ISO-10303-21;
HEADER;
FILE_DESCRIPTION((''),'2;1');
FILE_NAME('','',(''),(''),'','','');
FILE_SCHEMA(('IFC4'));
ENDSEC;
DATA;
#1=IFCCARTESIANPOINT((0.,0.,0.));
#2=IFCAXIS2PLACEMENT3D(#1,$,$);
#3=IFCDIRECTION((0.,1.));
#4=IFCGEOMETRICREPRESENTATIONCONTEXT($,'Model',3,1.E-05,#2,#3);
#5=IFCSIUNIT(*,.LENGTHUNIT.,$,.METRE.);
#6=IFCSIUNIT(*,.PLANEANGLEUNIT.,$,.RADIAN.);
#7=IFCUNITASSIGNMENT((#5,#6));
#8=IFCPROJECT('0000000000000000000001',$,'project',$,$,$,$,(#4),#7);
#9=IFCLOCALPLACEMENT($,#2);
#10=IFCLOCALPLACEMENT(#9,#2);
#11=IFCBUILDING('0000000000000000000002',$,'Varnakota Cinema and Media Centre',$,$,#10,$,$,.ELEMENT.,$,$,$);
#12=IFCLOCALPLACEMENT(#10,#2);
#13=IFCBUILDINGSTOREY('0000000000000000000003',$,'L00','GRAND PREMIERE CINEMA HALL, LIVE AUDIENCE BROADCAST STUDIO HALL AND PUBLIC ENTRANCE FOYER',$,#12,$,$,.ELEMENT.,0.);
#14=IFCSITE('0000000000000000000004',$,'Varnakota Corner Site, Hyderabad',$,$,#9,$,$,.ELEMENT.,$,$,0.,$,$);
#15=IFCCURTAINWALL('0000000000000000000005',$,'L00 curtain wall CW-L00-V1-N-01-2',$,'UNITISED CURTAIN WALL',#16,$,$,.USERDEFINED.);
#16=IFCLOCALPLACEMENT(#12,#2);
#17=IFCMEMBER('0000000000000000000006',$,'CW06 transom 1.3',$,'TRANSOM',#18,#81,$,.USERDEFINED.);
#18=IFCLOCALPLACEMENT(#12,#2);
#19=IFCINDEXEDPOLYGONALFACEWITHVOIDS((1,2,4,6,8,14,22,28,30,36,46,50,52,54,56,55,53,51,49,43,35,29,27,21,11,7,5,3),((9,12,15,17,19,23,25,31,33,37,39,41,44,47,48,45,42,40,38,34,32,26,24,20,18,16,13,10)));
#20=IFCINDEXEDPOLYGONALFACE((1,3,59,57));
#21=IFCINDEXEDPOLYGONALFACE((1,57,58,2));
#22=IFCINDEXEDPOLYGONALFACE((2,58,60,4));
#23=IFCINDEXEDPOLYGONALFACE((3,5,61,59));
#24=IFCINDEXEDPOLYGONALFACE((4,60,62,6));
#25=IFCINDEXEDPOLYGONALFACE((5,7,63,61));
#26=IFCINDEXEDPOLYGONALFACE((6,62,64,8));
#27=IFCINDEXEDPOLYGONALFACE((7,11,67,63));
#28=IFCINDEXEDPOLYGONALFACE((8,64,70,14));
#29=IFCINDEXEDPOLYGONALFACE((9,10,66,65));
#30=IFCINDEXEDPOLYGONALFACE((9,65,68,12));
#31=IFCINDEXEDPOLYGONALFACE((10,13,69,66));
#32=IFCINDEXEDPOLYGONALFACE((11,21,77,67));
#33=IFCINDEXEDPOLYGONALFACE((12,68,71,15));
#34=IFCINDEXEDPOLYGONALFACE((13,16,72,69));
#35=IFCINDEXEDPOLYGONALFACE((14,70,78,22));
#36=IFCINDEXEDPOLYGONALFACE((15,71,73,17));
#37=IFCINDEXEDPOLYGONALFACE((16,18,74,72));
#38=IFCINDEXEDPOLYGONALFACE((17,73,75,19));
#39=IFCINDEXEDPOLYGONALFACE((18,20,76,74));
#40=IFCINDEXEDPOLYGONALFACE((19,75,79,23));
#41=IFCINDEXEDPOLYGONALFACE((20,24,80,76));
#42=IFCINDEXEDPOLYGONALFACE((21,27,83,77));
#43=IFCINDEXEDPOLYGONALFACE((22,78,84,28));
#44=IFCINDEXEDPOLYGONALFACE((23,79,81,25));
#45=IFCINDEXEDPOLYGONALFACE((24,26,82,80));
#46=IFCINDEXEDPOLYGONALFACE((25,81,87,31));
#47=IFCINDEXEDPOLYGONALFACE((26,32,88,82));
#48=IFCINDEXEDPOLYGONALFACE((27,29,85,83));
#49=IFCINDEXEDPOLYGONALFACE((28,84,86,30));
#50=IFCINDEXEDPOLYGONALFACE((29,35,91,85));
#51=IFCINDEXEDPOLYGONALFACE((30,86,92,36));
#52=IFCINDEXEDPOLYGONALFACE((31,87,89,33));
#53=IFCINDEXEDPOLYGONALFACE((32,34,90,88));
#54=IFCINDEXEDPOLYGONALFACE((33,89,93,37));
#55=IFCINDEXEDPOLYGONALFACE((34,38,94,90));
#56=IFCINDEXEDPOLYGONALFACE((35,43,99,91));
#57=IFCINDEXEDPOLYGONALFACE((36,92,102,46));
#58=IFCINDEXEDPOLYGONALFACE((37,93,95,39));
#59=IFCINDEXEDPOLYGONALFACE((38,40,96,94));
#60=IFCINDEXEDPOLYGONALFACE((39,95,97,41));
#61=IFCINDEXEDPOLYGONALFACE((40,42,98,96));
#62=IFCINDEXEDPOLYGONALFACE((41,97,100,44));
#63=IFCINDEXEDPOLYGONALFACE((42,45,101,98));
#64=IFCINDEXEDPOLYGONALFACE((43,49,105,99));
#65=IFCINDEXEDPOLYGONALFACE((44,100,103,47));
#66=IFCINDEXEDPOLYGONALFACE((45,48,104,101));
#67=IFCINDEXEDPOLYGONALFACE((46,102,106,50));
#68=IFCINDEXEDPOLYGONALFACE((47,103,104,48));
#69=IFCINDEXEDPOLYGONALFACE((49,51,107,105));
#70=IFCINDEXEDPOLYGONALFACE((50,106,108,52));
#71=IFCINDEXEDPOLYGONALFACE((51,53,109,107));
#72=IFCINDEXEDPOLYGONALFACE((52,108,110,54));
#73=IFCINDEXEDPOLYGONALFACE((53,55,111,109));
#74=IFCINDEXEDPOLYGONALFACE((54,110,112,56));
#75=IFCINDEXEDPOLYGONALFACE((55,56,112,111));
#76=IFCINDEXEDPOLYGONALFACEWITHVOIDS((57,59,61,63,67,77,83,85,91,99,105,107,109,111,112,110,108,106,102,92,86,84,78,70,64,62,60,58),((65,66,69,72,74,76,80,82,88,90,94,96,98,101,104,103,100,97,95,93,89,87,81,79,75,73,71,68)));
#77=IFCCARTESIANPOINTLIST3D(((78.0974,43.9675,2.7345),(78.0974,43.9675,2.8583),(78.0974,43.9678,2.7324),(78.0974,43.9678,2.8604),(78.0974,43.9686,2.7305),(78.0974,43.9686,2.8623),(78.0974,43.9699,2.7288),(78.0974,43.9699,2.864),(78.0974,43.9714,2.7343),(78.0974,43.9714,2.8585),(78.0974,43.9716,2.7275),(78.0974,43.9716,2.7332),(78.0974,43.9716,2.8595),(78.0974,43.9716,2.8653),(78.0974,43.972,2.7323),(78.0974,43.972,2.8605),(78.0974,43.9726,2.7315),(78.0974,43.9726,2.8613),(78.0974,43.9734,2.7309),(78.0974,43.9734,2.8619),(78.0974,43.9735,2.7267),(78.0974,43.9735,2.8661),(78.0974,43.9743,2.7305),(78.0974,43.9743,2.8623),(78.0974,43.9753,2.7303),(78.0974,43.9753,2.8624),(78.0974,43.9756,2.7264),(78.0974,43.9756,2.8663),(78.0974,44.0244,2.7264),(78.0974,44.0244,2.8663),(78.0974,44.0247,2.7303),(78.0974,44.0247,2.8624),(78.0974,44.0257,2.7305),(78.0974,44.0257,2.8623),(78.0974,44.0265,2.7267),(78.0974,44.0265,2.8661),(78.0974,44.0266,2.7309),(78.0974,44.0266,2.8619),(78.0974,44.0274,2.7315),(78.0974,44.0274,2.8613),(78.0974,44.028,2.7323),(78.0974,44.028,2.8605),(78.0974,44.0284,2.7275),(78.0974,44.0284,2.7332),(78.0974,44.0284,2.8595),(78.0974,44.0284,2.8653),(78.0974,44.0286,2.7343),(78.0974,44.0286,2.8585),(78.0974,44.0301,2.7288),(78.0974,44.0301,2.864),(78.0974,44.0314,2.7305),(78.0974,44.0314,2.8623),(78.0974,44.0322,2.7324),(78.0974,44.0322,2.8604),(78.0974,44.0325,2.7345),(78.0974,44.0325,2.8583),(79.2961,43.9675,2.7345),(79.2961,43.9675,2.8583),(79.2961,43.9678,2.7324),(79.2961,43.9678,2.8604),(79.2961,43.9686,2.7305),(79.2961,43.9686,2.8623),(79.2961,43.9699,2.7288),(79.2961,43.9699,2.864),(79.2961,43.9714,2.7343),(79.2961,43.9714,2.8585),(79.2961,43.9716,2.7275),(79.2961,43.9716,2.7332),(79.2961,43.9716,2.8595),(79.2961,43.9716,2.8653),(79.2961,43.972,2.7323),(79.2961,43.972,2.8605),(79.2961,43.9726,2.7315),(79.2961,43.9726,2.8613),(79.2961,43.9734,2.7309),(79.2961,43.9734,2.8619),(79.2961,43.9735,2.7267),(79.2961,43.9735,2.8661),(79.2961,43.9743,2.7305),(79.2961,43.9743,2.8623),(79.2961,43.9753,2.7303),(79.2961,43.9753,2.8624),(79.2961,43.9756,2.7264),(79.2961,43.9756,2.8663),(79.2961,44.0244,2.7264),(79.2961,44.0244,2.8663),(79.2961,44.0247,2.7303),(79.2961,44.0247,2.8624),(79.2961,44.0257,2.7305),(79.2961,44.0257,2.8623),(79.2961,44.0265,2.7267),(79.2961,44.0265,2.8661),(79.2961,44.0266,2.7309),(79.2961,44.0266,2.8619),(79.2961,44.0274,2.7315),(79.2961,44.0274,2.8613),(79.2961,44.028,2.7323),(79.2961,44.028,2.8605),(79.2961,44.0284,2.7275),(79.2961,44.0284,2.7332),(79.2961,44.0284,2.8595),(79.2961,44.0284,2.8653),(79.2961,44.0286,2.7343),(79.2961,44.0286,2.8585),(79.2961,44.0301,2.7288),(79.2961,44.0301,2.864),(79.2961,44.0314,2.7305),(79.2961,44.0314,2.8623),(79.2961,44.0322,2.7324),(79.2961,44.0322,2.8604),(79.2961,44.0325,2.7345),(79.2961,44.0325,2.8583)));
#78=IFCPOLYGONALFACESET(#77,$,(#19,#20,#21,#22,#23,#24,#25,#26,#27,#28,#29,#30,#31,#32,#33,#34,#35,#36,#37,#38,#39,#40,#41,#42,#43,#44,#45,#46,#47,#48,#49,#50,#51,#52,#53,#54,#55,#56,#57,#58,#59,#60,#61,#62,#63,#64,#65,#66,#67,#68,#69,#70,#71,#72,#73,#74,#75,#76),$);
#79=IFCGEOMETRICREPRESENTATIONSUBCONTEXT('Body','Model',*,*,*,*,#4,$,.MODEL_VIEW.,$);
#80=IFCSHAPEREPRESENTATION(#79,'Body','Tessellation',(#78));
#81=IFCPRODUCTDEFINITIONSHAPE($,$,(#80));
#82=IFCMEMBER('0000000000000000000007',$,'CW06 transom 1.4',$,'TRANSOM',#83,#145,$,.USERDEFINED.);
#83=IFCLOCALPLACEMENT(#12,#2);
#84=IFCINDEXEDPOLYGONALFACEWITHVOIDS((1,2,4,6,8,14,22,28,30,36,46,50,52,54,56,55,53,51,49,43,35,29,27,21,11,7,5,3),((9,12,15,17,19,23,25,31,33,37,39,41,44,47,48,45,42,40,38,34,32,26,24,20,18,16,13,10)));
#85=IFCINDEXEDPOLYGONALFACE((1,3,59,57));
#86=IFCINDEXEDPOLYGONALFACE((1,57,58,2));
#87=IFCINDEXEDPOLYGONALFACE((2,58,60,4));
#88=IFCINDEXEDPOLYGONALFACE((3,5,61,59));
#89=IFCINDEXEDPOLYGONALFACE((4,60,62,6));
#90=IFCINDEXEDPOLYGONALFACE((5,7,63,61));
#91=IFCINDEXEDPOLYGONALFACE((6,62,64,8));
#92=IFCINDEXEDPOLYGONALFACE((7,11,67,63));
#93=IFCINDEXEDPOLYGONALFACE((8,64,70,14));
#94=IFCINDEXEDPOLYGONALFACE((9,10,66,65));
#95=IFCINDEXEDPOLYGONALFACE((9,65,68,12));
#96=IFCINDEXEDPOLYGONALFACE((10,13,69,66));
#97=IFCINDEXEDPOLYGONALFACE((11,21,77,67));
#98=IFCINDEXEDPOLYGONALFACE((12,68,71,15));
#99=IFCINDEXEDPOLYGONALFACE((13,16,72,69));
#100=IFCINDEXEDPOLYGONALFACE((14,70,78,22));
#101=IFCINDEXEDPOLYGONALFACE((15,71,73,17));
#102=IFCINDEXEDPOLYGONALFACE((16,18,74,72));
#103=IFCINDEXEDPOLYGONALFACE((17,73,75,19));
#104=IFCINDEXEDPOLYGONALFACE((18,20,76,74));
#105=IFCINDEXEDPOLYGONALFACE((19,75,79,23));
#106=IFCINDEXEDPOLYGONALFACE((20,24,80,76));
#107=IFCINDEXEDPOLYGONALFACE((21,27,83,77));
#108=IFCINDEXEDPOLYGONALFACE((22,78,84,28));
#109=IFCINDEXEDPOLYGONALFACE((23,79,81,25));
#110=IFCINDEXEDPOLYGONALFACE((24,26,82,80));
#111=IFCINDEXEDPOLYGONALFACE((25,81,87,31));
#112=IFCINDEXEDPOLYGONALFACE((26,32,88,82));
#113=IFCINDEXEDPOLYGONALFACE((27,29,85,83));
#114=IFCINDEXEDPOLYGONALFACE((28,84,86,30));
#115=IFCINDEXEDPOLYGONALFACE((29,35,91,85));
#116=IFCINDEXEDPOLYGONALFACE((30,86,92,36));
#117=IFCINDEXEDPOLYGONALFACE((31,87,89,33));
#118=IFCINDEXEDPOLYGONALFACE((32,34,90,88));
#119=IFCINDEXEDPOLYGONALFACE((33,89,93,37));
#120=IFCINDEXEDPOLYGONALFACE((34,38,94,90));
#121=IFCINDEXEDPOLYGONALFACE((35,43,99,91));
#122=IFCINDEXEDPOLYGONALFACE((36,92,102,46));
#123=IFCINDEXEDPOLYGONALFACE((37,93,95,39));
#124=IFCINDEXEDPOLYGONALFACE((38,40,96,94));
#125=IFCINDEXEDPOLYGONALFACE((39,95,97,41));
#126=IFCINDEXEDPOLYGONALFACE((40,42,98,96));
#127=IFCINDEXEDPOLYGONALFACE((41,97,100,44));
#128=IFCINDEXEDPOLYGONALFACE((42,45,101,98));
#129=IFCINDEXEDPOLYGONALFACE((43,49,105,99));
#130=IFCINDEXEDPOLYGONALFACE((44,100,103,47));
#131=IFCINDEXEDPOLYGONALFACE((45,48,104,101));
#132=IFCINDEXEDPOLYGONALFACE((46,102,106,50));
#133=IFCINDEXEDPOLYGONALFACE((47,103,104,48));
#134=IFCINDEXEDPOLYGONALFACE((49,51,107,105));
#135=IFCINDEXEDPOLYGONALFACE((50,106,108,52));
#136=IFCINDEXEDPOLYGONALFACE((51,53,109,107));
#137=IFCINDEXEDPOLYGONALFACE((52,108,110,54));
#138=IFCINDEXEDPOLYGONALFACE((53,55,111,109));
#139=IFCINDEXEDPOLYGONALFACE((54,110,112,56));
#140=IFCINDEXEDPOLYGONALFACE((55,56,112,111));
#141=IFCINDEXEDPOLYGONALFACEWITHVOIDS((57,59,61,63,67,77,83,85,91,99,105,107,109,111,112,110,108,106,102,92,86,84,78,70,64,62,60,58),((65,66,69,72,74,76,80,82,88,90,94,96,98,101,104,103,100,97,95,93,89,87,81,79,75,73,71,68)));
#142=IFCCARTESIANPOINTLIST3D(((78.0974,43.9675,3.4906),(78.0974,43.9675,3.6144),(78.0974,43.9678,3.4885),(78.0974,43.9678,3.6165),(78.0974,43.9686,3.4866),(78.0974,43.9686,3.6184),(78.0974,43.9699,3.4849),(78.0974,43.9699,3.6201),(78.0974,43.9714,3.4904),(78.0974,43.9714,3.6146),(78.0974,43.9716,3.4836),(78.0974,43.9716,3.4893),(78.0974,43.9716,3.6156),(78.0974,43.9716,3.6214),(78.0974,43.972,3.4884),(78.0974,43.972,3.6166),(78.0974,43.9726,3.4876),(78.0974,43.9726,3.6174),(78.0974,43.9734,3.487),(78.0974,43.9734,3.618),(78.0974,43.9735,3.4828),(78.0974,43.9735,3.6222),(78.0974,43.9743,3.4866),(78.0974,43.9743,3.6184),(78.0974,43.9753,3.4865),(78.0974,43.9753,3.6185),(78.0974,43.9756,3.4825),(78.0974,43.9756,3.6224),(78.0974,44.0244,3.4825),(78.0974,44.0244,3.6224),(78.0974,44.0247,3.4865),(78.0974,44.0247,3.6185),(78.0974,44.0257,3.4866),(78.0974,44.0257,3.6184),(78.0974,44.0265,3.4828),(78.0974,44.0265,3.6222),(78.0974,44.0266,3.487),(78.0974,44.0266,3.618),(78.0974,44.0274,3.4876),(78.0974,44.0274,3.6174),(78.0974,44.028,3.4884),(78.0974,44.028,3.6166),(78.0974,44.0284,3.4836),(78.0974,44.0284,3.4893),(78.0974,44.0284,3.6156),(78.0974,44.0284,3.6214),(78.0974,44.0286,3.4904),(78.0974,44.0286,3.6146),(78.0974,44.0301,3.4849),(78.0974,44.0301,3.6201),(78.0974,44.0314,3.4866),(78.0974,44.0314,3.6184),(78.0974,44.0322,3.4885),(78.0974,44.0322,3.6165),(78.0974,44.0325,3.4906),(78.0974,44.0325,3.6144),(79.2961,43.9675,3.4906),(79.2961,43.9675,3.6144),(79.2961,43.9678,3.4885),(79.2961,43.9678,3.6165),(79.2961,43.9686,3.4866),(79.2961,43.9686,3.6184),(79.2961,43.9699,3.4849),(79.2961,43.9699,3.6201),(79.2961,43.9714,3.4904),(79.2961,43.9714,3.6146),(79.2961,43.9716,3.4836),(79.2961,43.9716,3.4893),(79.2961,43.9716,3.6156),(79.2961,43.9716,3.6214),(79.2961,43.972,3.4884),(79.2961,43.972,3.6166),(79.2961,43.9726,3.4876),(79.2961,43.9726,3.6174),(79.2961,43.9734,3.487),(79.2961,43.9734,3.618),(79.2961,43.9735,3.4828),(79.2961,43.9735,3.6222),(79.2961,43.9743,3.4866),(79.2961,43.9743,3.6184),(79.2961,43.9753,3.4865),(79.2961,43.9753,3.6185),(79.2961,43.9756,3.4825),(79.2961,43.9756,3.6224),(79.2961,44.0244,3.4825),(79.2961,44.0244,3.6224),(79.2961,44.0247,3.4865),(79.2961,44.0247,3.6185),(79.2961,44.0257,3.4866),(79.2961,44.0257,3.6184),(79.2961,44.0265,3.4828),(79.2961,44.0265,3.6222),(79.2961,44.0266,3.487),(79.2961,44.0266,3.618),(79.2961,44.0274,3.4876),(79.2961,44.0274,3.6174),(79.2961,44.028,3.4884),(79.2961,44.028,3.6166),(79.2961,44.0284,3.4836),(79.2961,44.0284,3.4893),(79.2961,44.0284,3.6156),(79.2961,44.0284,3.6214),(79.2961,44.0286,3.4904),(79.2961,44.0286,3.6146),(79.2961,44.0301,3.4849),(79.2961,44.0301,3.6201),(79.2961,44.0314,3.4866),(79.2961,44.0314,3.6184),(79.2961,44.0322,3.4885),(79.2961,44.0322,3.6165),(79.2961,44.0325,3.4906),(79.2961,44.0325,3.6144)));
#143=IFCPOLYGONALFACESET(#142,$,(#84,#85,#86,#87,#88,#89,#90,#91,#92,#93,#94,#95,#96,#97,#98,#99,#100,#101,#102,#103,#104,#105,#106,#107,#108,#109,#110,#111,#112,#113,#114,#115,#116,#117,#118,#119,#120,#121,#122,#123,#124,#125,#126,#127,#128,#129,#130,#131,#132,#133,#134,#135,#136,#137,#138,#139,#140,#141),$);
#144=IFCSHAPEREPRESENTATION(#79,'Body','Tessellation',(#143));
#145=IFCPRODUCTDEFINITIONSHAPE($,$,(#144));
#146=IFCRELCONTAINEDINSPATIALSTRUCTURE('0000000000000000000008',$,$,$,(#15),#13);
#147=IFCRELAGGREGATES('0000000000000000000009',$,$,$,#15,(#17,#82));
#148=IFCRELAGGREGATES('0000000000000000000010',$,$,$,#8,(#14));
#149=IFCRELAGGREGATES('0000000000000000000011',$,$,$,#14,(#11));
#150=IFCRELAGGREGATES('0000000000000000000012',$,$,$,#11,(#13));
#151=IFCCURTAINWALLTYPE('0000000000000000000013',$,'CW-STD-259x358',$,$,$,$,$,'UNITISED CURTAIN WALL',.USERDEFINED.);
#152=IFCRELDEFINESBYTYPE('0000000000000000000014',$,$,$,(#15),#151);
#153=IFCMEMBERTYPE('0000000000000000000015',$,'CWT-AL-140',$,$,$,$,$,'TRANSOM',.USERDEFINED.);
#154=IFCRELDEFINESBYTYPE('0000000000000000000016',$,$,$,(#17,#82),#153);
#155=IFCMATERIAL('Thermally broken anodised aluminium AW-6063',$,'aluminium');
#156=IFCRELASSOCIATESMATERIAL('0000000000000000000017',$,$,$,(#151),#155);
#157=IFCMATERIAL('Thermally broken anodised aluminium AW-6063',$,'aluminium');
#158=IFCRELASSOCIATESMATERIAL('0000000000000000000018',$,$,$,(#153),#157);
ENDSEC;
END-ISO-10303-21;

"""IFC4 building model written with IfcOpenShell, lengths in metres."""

from ifc_helpers import new_model, si_unit, direction, frame, origin, origin_2d, place, context, subcontext, project, spatial, hollow_rectangle, extrude, material, material_profile, profile_set, type_object, element, aggregate, save


model = new_model("IFC4")

# Units and contexts
model_context = context("Model", 3, precision=1e-05, world=origin(), true_north=direction((0.0, 1.0)))
body_context = subcontext(model_context, "Body", "Model", "MODEL_VIEW")
ifc_project = project(units=[si_unit("LENGTHUNIT", "METRE"), si_unit("PLANEANGLEUNIT", "RADIAN")], contexts=[model_context])

# Site, building, storey
site_placement = place(None, origin())
site = spatial("IfcSite", under=ifc_project, at=site_placement, Name="Varnakota Corner Site, Hyderabad", CompositionType="ELEMENT", RefElevation=0.0)
building_placement = place(site_placement, origin())
building = spatial("IfcBuilding", under=site, at=building_placement, Name="Varnakota Cinema and Media Centre", CompositionType="ELEMENT")
storey_placement = place(building_placement, origin())
storey = spatial("IfcBuildingStorey", under=building, at=storey_placement, Name="L00", Description="GRAND PREMIERE CINEMA HALL, LIVE AUDIENCE BROADCAST STUDIO HALL AND PUBLIC ENTRANCE FOYER", CompositionType="ELEMENT", Elevation=0.0)

# Curtain wall
ifc_material_1 = material(Name="Thermally broken anodised aluminium AW-6063", Category="aluminium")
curtain_wall_type = type_object("IfcCurtainWallType", Name="CW-STD-259x358", ElementType="UNITISED CURTAIN WALL", PredefinedType="USERDEFINED", material=ifc_material_1)
curtain_wall_1_placement = place(storey_placement, origin())
curtain_wall_1 = element("IfcCurtainWall", 1, at=curtain_wall_1_placement, inside=storey, type_object=curtain_wall_type, Name="L00 curtain wall CW-L00-V1-N-01-2", ObjectType="UNITISED CURTAIN WALL", PredefinedType="USERDEFINED")

# Members
ifc_material_2 = material(Name="Thermally broken anodised aluminium AW-6063", Category="aluminium")
ifc_material_profile_1 = material_profile(ifc_material_2, hollow_rectangle(XDim=0.0649, YDim=0.1399, WallThickness=0.0039, InnerFilletRadius=0.0039, OuterFilletRadius=0.0081, at=origin_2d()), Name="AL-TRANSOM 140x65x4")
ifc_profile_set_1 = profile_set([ifc_material_profile_1], Name="Thermally broken anodised aluminium AW-6063")
member_type_1 = type_object("IfcMemberType", Name="CWT-AL-140", ElementType="TRANSOM", PredefinedType="USERDEFINED", material=ifc_profile_set_1)
member_1_placement = place(storey_placement, frame((78.0974, 44.0, 2.7964), z_axis=(1.0, 0.0, 0.0), x_axis=(0.0, 1.0, 0.0)))
member_1 = element("IfcMember", 2, at=member_1_placement, type_object=member_type_1, Name="CW06 transom 1.3", ObjectType="TRANSOM", PredefinedType="USERDEFINED", context=body_context, shape_type="SweptSolid", body=[
    extrude(hollow_rectangle(XDim=0.0649, YDim=0.1399, WallThickness=0.0039, InnerFilletRadius=0.0039, OuterFilletRadius=0.0081, at=origin_2d()), origin(), (0.0, 0.0, 1.0), 1.1987),
])
member_2_placement = place(storey_placement, frame((78.0974, 44.0, 3.5525), z_axis=(1.0, 0.0, 0.0), x_axis=(0.0, 1.0, 0.0)))
member_2 = element("IfcMember", 3, at=member_2_placement, type_object=member_type_1, Name="CW06 transom 1.4", ObjectType="TRANSOM", PredefinedType="USERDEFINED", context=body_context, shape_type="SweptSolid", body=[
    extrude(hollow_rectangle(XDim=0.0649, YDim=0.1399, WallThickness=0.0039, InnerFilletRadius=0.0039, OuterFilletRadius=0.0081, at=origin_2d()), origin(), (0.0, 0.0, 1.0), 1.1987),
])

aggregate(curtain_wall_1, [member_1, member_2])

save(model, "model.ifc")
